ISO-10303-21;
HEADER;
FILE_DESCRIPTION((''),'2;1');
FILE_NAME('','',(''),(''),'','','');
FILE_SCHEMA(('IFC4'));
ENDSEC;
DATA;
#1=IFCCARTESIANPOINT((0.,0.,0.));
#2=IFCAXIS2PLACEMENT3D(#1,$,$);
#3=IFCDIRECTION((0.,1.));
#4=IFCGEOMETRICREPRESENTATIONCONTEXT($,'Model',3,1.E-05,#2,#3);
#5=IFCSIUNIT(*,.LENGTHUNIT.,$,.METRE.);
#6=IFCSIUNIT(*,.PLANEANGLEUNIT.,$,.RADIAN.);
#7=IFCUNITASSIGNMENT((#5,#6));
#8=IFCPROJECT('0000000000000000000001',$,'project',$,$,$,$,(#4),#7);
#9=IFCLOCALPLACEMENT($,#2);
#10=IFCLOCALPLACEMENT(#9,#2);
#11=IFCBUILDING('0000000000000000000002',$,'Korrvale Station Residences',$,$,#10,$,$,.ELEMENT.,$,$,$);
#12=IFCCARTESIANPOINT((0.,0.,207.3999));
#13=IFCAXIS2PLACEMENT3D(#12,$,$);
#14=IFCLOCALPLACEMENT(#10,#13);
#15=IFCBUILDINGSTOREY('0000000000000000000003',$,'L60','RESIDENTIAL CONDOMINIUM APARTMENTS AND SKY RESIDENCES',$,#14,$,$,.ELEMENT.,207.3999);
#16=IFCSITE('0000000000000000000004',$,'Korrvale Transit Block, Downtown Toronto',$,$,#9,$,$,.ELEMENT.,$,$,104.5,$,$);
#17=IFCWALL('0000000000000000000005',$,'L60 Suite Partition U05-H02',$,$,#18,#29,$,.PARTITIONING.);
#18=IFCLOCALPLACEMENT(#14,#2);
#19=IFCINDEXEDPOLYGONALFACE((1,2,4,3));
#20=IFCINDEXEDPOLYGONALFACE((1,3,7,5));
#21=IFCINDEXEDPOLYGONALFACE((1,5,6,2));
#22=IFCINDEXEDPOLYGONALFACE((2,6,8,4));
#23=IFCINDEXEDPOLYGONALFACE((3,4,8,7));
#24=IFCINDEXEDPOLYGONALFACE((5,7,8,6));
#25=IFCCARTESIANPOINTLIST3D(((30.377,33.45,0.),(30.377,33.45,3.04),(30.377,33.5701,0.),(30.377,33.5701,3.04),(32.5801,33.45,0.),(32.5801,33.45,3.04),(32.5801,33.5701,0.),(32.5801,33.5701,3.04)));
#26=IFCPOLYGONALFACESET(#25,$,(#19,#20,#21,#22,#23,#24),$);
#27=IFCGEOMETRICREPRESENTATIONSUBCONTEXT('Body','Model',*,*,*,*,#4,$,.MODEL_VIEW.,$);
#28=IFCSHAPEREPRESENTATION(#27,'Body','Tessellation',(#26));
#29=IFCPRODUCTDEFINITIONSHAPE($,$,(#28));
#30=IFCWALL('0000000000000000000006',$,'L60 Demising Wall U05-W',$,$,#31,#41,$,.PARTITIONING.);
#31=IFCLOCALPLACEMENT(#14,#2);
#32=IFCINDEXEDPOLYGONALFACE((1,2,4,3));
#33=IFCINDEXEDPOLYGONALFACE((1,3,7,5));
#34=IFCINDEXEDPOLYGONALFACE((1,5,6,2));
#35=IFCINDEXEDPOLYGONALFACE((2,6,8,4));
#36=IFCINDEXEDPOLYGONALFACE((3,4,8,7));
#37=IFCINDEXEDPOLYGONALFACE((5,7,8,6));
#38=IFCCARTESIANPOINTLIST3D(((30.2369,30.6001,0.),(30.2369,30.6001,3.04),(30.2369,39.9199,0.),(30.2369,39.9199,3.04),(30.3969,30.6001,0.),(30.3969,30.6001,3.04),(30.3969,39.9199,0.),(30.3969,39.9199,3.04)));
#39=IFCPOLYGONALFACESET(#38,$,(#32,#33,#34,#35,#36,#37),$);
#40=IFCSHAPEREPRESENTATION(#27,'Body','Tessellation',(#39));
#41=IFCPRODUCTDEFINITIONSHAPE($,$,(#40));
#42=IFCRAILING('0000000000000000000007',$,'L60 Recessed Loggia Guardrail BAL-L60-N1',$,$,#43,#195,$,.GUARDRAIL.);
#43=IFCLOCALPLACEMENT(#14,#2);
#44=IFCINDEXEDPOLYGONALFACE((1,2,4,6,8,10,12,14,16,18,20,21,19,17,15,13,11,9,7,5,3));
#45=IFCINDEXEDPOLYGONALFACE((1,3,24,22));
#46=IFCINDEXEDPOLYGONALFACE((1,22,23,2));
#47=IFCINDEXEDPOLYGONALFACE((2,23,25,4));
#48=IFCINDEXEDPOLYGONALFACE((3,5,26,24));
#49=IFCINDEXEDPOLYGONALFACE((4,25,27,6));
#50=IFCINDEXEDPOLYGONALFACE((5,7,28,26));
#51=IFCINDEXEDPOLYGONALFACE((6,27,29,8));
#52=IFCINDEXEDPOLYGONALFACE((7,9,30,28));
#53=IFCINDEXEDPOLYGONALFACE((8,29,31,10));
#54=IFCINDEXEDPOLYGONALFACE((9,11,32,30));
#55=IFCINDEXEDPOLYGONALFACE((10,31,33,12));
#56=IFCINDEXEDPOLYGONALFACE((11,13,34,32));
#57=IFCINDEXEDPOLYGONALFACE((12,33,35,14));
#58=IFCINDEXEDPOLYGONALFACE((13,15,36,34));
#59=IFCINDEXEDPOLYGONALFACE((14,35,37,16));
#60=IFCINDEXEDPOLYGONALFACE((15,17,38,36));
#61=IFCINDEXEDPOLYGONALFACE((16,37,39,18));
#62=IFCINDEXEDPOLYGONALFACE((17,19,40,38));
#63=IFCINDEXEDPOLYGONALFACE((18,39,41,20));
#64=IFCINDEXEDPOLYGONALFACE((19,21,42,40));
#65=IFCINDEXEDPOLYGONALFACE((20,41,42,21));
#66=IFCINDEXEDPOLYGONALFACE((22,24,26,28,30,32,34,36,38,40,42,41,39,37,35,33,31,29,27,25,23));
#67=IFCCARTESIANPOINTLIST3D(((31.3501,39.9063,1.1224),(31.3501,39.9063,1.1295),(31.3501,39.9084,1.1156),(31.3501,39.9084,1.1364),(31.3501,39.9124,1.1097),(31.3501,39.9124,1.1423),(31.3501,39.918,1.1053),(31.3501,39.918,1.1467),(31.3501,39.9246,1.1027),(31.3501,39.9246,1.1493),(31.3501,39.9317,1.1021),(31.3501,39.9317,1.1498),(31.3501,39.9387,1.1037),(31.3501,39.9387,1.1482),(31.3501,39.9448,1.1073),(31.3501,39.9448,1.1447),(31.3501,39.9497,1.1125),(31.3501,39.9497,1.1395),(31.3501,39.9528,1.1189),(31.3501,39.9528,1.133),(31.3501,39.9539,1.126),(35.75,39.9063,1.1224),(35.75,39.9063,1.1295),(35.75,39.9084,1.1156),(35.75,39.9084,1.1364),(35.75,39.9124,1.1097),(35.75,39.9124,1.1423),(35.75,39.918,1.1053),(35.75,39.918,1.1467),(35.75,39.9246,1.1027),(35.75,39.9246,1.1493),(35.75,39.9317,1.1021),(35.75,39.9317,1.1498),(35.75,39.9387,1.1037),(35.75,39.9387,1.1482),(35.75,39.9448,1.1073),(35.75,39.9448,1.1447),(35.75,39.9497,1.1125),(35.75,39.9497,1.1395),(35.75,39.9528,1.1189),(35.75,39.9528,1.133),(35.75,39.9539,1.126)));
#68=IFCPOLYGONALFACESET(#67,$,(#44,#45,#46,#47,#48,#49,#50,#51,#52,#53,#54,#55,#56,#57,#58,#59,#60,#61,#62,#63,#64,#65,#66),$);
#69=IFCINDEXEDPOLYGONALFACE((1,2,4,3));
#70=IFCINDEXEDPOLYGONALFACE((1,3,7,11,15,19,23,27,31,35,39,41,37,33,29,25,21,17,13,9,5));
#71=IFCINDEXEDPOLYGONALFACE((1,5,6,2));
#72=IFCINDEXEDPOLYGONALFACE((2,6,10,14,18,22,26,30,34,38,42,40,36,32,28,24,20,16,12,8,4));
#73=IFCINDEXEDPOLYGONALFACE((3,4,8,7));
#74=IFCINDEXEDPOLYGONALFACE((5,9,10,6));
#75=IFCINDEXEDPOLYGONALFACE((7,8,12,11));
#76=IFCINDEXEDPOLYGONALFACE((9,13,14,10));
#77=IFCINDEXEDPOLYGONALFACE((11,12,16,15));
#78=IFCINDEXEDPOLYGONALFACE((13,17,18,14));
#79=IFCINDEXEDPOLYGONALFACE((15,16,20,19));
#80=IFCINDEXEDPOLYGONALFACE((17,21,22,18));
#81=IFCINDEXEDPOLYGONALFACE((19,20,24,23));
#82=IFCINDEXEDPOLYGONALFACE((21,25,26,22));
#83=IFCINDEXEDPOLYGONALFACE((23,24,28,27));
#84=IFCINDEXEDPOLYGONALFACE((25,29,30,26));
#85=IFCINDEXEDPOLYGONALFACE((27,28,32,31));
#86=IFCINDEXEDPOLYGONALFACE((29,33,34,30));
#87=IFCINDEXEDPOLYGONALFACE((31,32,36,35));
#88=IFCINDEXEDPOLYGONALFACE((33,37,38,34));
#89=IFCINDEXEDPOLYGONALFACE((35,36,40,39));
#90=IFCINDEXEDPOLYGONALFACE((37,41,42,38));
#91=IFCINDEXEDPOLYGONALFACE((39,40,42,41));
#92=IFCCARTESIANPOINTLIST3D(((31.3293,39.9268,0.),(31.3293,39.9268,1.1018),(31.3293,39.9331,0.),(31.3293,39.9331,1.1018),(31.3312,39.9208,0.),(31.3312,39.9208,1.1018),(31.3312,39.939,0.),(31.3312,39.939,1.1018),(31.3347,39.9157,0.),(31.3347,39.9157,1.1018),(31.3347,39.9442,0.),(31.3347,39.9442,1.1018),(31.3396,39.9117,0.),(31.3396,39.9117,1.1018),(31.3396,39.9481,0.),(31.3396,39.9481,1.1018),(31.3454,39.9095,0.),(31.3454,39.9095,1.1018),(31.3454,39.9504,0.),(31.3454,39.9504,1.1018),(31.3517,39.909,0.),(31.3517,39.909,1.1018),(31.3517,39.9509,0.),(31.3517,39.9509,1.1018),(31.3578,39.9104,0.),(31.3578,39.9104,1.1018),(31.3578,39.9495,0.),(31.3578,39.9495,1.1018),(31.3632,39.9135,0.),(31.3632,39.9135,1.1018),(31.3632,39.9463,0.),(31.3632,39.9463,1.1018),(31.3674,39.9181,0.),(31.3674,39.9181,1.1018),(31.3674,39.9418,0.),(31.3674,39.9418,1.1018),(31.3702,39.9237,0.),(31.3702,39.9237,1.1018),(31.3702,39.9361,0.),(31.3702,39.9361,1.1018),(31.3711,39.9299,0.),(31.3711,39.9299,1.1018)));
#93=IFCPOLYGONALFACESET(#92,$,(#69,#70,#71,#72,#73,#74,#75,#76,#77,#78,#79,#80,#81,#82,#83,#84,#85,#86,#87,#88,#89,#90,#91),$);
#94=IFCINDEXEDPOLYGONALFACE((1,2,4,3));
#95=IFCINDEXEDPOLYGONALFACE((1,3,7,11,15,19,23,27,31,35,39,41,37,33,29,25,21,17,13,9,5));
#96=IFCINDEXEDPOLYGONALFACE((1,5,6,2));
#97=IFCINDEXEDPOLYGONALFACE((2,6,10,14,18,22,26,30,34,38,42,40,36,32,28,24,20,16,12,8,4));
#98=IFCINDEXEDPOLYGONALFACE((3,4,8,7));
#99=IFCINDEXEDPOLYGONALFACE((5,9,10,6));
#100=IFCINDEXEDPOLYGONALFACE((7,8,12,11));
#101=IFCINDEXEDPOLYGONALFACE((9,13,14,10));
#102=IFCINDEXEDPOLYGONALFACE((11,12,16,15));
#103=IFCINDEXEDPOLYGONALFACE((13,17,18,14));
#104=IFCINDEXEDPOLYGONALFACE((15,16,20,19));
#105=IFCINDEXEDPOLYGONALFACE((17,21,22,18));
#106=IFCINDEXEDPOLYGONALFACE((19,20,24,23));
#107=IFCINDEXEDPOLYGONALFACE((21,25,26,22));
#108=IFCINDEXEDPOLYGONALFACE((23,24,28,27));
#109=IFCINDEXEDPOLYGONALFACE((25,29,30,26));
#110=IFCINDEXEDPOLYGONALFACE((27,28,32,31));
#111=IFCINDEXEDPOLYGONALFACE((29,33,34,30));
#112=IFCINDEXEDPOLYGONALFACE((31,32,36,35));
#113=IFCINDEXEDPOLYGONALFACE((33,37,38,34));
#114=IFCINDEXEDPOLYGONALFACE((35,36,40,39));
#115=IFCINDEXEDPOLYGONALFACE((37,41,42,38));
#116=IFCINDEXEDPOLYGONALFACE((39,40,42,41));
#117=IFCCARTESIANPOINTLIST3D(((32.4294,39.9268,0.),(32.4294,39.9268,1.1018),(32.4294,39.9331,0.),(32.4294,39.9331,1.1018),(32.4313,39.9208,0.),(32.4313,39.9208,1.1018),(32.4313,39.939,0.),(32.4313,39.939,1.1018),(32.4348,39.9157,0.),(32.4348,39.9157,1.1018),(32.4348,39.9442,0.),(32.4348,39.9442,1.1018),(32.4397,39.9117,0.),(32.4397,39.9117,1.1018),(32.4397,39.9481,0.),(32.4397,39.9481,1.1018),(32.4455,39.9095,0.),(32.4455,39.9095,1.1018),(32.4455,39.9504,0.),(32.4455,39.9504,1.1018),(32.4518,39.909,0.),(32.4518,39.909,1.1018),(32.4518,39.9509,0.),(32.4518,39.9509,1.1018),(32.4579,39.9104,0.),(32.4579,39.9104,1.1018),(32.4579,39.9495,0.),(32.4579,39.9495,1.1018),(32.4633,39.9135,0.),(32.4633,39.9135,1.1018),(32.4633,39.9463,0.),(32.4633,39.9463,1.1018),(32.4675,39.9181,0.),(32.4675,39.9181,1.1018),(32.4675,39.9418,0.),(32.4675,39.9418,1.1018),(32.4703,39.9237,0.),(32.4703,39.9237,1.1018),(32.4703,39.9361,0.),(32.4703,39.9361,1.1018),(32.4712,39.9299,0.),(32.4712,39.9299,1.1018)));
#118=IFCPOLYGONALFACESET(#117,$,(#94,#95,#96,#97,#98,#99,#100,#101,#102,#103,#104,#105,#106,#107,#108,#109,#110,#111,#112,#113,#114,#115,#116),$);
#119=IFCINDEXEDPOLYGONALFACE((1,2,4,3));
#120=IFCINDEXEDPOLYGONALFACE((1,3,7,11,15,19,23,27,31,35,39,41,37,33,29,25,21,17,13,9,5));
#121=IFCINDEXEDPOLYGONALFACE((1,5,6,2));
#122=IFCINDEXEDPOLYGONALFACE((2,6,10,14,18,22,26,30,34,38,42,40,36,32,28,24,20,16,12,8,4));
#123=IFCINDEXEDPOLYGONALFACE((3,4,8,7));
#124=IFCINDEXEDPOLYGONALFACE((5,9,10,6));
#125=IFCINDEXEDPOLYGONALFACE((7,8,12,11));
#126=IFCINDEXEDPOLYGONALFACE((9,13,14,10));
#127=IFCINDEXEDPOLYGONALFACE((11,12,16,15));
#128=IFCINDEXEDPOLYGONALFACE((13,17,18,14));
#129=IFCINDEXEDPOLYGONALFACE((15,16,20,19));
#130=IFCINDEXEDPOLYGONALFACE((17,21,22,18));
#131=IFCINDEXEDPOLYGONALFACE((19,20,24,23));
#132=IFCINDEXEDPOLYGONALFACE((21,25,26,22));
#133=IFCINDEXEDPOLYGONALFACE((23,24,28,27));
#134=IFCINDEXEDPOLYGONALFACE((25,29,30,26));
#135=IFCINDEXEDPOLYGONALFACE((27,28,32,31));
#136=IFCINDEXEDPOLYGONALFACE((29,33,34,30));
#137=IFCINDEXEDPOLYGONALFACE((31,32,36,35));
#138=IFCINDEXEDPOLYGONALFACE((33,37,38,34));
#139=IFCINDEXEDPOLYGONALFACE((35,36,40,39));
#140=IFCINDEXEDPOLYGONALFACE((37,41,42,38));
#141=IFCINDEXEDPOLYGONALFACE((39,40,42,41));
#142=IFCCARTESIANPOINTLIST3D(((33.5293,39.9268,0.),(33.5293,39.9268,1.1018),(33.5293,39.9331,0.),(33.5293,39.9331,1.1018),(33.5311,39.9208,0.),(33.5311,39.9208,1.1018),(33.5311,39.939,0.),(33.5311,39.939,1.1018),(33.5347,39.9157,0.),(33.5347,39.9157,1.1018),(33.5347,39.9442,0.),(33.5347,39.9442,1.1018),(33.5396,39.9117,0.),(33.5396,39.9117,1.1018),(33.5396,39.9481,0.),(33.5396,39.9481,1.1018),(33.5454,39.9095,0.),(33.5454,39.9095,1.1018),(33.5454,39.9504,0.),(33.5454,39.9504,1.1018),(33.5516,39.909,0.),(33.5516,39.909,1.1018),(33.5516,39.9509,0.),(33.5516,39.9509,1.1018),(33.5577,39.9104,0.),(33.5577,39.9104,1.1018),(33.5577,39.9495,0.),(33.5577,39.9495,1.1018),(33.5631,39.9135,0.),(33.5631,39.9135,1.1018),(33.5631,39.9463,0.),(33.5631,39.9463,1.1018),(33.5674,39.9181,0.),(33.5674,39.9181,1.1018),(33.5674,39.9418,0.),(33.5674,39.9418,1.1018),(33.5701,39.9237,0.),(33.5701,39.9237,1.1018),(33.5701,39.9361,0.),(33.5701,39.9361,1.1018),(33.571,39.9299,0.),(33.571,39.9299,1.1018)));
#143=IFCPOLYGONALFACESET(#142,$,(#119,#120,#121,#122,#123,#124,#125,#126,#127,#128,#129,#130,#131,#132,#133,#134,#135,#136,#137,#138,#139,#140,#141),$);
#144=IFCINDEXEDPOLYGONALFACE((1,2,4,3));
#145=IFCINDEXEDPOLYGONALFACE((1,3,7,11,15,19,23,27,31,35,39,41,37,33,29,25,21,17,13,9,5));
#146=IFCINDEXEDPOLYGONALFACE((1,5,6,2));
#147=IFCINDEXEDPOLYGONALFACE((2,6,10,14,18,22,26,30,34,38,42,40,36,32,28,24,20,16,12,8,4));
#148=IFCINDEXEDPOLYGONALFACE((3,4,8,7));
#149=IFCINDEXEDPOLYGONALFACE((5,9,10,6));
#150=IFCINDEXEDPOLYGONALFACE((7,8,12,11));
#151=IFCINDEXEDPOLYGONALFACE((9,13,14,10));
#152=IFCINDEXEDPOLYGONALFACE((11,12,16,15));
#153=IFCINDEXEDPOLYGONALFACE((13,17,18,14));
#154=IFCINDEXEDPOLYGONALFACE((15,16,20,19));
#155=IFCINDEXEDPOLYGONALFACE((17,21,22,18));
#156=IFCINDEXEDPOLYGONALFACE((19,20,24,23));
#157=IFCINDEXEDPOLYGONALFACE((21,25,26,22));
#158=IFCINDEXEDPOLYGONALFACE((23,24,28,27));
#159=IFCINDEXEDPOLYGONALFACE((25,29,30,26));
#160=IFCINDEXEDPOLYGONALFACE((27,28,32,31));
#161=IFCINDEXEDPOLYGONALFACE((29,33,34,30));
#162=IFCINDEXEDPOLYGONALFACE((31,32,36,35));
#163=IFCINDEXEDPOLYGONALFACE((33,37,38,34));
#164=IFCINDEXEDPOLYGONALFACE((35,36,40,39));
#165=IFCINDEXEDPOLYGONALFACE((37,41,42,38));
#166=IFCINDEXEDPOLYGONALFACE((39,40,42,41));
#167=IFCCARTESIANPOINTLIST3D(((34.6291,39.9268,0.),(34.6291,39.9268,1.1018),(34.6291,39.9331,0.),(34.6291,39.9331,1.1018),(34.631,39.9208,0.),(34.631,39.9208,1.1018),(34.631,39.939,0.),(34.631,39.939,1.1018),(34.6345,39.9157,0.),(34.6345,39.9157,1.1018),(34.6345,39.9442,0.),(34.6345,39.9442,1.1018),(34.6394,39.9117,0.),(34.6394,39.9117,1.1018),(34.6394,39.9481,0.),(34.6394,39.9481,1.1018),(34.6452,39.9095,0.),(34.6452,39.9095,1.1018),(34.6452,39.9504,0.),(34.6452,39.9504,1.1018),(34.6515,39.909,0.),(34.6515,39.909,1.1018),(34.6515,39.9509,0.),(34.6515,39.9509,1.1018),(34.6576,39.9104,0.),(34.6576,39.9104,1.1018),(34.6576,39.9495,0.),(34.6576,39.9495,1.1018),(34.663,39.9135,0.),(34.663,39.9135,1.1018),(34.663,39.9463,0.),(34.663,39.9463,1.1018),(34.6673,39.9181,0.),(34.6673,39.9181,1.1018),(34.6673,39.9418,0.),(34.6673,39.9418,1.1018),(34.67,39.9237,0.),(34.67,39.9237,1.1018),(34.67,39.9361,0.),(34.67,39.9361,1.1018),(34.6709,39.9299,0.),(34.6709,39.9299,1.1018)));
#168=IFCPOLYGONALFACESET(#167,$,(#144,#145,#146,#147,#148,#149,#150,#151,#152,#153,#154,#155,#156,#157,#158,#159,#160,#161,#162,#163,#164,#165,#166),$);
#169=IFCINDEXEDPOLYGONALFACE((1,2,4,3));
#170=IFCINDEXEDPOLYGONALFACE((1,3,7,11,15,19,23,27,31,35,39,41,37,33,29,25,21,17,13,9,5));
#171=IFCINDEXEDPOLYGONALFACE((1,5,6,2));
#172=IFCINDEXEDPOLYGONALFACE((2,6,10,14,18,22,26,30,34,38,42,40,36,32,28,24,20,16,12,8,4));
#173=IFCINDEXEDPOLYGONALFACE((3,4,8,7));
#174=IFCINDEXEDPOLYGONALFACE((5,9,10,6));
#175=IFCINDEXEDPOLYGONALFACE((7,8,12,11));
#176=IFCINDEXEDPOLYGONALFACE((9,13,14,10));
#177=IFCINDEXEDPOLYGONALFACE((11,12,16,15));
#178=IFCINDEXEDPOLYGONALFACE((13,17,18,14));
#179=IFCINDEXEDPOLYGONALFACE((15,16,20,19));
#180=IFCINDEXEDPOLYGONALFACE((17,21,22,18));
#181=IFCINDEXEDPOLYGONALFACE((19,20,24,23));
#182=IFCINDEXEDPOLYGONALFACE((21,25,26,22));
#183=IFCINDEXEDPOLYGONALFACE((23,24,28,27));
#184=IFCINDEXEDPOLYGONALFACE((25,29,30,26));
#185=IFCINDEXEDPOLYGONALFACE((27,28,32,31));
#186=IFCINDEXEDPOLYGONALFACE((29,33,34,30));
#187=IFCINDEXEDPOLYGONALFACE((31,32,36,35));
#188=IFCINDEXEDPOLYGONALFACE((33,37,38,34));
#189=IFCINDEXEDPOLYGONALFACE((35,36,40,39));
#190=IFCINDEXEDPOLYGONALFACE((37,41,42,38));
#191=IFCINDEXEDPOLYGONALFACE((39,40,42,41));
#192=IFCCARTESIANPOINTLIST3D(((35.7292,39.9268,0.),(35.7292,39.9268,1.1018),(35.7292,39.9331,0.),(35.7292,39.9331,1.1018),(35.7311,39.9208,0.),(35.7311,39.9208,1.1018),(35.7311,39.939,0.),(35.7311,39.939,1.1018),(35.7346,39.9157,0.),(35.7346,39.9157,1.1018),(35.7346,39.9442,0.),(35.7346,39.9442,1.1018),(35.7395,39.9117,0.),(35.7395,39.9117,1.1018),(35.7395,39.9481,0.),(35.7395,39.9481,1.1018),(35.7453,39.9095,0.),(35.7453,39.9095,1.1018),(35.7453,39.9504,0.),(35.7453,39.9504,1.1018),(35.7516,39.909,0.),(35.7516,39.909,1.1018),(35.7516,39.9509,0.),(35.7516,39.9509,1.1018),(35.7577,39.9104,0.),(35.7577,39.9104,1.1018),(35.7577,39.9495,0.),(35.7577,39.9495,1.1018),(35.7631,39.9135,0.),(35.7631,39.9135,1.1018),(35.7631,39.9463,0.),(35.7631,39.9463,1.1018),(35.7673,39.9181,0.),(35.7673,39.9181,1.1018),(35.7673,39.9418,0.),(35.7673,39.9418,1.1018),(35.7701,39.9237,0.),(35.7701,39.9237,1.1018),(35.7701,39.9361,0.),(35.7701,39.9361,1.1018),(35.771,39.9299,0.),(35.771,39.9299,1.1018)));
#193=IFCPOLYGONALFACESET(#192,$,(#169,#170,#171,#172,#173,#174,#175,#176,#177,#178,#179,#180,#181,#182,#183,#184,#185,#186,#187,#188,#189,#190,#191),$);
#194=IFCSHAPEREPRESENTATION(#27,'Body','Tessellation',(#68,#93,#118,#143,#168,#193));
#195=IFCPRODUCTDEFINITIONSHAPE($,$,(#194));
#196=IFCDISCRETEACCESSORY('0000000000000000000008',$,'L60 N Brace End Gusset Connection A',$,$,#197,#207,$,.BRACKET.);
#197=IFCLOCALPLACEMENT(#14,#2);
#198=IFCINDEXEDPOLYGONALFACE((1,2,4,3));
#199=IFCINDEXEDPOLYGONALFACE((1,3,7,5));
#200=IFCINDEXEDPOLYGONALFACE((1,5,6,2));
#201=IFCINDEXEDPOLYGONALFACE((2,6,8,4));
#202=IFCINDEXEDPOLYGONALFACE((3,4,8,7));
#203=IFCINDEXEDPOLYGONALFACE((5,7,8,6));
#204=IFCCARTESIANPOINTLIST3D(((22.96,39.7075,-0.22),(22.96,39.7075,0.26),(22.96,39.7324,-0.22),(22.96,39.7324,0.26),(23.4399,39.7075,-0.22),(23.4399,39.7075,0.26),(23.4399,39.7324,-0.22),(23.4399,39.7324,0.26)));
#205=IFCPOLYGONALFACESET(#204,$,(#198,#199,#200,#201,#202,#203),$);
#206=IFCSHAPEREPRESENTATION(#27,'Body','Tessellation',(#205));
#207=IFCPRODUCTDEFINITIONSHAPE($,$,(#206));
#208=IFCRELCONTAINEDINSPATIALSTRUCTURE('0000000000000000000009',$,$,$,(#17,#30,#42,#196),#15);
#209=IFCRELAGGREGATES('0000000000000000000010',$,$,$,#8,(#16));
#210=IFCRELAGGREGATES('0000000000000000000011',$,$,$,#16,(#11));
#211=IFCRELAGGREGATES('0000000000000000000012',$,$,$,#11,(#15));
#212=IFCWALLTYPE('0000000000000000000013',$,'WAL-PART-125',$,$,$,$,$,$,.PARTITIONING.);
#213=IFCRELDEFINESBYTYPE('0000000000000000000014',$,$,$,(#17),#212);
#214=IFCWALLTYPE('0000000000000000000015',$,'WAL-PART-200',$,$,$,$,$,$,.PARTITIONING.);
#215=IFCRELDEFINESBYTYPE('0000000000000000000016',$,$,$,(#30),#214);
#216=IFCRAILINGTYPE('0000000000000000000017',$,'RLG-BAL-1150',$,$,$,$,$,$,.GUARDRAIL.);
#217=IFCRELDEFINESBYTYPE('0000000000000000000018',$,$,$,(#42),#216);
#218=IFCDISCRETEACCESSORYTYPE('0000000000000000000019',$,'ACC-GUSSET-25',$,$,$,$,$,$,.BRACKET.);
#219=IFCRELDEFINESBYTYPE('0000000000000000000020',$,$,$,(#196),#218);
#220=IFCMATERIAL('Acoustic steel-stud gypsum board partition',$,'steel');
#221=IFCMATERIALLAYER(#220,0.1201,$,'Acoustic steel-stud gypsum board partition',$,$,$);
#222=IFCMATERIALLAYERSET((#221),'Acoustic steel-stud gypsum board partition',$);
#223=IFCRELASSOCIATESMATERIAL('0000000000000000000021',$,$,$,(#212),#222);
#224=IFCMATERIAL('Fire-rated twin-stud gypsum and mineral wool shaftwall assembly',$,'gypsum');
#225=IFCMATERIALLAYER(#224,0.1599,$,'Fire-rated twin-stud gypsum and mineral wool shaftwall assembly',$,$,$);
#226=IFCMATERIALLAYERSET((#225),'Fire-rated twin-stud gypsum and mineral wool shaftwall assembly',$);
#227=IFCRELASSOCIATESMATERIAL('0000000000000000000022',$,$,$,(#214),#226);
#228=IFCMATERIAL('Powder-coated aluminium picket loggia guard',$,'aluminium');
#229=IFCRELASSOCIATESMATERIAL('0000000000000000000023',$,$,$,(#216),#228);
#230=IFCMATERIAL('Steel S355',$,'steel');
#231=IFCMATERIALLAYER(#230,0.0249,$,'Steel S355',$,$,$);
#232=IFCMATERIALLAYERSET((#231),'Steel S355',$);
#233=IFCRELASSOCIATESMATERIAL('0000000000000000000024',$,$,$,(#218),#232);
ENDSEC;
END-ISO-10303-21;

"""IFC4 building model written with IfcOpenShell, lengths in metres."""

from ifc_helpers import new_model, si_unit, direction, frame, frame_2d, origin, origin_2d, place, context, subcontext, project, spatial, rectangle, circle, extrude, material, layer, layer_set, type_object, element, save


model = new_model("IFC4")

# Units and contexts
model_context = context("Model", 3, precision=1e-05, world=origin(), true_north=direction((0.0, 1.0)))
body_context = subcontext(model_context, "Body", "Model", "MODEL_VIEW")
ifc_project = project(units=[si_unit("LENGTHUNIT", "METRE"), si_unit("PLANEANGLEUNIT", "RADIAN")], contexts=[model_context])

# Site, building, storey
site_placement = place(None, origin())
site = spatial("IfcSite", under=ifc_project, at=site_placement, Name="Korrvale Transit Block, Downtown Toronto", CompositionType="ELEMENT", RefElevation=104.5)
building_placement = place(site_placement, origin())
building = spatial("IfcBuilding", under=site, at=building_placement, Name="Korrvale Station Residences", CompositionType="ELEMENT")
storey_placement = place(building_placement, frame((0.0, 0.0, 207.3999)))
storey = spatial("IfcBuildingStorey", under=building, at=storey_placement, Name="L60", Description="RESIDENTIAL CONDOMINIUM APARTMENTS AND SKY RESIDENCES", CompositionType="ELEMENT", Elevation=207.3999)

# Shared definitions
ifc_material_1 = material(Name="Steel S355", Category="steel")

# Shared definitions
ifc_material_2 = material(Name="Acoustic steel-stud gypsum board partition", Category="steel")
ifc_layer_1 = layer(ifc_material_2, 0.1201, Name="Acoustic steel-stud gypsum board partition")
ifc_layer_set_1 = layer_set([ifc_layer_1], Name="Acoustic steel-stud gypsum board partition")
wall_type_1 = type_object("IfcWallType", Name="WAL-PART-125", PredefinedType="PARTITIONING", material=ifc_layer_set_1)

# Walls
wall_1_placement = place(storey_placement, frame((30.377, 33.51, 0.0), z_axis=(0.0, 0.0, 1.0), x_axis=(1.0, 0.0, 0.0)))
element("IfcWall", 1, at=wall_1_placement, inside=storey, type_object=wall_type_1, Name="L60 Suite Partition U05-H02", PredefinedType="PARTITIONING", context=body_context, shape_type="SweptSolid", body=[
    extrude(rectangle(XDim=2.2031, YDim=0.1201, at=frame_2d((1.1016, 0.0))), origin(), (0.0, 0.0, 1.0), 3.04),
])
ifc_material_3 = material(Name="Fire-rated twin-stud gypsum and mineral wool shaftwall assembly", Category="gypsum")
ifc_layer_2 = layer(ifc_material_3, 0.1599, Name="Fire-rated twin-stud gypsum and mineral wool shaftwall assembly")
ifc_layer_set_2 = layer_set([ifc_layer_2], Name="Fire-rated twin-stud gypsum and mineral wool shaftwall assembly")
wall_type_2 = type_object("IfcWallType", Name="WAL-PART-200", PredefinedType="PARTITIONING", material=ifc_layer_set_2)
wall_2_placement = place(storey_placement, frame((30.3169, 30.6001, 0.0), z_axis=(0.0, 0.0, 1.0), x_axis=(0.0, 1.0, 0.0)))
element("IfcWall", 2, at=wall_2_placement, inside=storey, type_object=wall_type_2, Name="L60 Demising Wall U05-W", PredefinedType="PARTITIONING", context=body_context, shape_type="SweptSolid", body=[
    extrude(rectangle(XDim=9.3198, YDim=0.1599, at=frame_2d((4.6599, 0.0))), origin(), (0.0, 0.0, 1.0), 3.04),
])

# Railing
ifc_material_4 = material(Name="Powder-coated aluminium picket loggia guard", Category="aluminium")
railing_type = type_object("IfcRailingType", Name="RLG-BAL-1150", PredefinedType="GUARDRAIL", material=ifc_material_4)
railing_placement = place(storey_placement, frame((31.3501, 39.9299, 0.0)))
element("IfcRailing", 3, at=railing_placement, inside=storey, type_object=railing_type, Name="L60 Recessed Loggia Guardrail BAL-L60-N1", PredefinedType="GUARDRAIL", context=body_context, shape_type="SweptSolid", body=[
    extrude(circle(Radius=0.0239, at=origin_2d()), frame((0.0, 0.0, 1.126), z_axis=(1.0, 0.0, 0.0), x_axis=(0.0, 1.0, 0.0)), (0.0, 0.0, 1.0), 4.3999),
    extrude(circle(Radius=0.021, at=origin_2d()), origin(), (0.0, 0.0, 1.0), 1.1018),
    extrude(circle(Radius=0.021, at=origin_2d()), frame((1.1001, 0.0, 0.0)), (0.0, 0.0, 1.0), 1.1018),
    extrude(circle(Radius=0.021, at=origin_2d()), frame((2.2, 0.0, 0.0)), (0.0, 0.0, 1.0), 1.1018),
    extrude(circle(Radius=0.021, at=origin_2d()), frame((3.2998, 0.0, 0.0)), (0.0, 0.0, 1.0), 1.1018),
    extrude(circle(Radius=0.021, at=origin_2d()), frame((4.3999, 0.0, 0.0)), (0.0, 0.0, 1.0), 1.1018),
])

# Discrete accessory
ifc_layer_3 = layer(ifc_material_1, 0.0249, Name="Steel S355")
ifc_layer_set_3 = layer_set([ifc_layer_3], Name="Steel S355")
discrete_accessory_type = type_object("IfcDiscreteAccessoryType", Name="ACC-GUSSET-25", PredefinedType="BRACKET", material=ifc_layer_set_3)
for number, where, z_axis, x_axis, name in (
    (4, (23.2, 39.72, -0.22), (0.0, 0.0, 1.0), (1.0, 0.0, 0.0), "L60 N Brace End Gusset Connection A"),
):
    element("IfcDiscreteAccessory", number, at=place(storey_placement, frame(where, z_axis=z_axis, x_axis=x_axis)), inside=storey, type_object=discrete_accessory_type, Name=name, PredefinedType="BRACKET", context=body_context, shape_type="SweptSolid", body=[
        extrude(rectangle(XDim=0.48, YDim=0.0249, at=origin_2d()), origin(), (0.0, 0.0, 1.0), 0.48),
    ])

save(model, "model.ifc")
